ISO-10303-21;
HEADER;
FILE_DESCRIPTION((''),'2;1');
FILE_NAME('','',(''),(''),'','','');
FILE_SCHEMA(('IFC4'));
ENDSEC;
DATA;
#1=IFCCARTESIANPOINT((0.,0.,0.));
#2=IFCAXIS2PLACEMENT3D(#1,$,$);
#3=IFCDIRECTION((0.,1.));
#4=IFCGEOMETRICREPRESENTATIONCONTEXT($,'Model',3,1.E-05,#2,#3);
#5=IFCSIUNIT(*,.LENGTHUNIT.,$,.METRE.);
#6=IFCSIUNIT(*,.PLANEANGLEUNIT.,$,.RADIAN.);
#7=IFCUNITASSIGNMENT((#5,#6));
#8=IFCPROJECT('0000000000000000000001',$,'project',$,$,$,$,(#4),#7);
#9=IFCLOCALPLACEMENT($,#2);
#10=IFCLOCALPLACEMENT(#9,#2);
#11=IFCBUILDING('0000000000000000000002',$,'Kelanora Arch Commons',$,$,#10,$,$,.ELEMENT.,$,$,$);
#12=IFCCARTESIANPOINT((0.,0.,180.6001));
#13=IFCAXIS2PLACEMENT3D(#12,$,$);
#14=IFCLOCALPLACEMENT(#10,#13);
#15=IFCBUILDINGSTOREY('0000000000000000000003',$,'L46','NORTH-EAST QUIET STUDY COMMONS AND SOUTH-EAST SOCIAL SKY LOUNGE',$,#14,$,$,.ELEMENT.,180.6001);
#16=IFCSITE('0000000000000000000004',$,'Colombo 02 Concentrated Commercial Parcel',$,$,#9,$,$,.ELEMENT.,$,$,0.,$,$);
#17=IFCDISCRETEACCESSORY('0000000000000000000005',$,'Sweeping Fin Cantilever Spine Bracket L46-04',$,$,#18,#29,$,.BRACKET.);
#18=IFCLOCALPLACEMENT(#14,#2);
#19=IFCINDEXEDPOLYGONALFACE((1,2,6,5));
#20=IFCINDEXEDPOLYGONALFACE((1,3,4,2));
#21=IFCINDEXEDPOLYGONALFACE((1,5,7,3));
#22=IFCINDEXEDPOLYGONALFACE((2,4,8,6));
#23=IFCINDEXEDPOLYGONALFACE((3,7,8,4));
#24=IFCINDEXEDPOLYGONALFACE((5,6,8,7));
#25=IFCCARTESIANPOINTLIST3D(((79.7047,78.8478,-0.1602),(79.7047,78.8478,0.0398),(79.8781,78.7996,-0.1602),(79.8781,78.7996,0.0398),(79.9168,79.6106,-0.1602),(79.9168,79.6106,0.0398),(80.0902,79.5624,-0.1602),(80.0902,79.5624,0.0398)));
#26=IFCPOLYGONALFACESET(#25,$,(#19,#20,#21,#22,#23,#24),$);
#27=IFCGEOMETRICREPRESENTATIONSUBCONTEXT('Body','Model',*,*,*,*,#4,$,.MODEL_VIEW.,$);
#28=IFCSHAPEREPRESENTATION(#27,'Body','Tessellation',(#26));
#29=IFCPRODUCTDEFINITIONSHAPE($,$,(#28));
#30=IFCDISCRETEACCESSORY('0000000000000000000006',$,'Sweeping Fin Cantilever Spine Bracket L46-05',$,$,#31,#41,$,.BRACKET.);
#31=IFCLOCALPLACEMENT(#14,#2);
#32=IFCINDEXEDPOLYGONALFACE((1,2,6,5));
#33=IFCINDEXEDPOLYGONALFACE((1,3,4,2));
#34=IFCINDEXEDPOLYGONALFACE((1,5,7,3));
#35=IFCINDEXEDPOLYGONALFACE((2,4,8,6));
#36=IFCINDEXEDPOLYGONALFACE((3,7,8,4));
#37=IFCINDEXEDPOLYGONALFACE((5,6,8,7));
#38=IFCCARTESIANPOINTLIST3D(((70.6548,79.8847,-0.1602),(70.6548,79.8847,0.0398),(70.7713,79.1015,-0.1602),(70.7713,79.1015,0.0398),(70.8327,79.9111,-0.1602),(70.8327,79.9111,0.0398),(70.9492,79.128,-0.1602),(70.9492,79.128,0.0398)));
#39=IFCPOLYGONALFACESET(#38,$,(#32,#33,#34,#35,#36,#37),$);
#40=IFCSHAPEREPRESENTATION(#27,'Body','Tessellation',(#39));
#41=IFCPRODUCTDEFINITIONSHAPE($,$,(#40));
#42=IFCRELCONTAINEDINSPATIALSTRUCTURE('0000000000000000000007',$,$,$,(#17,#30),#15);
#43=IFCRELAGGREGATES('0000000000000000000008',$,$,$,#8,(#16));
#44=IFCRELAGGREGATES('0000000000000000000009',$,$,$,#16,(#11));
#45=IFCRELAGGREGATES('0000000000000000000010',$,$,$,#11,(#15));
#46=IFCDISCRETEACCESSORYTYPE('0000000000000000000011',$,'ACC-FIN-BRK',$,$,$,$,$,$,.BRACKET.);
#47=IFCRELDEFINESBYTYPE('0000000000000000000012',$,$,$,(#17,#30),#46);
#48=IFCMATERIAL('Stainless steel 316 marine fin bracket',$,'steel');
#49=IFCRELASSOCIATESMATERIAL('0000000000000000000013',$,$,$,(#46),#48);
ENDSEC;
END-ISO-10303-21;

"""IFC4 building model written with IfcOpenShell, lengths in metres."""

from ifc_helpers import new_model, si_unit, direction, frame, origin, origin_2d, place, context, subcontext, project, spatial, rectangle, extrude, source, transform, mapped, material, type_object, element, save


model = new_model("IFC4")

# Units and contexts
model_context = context("Model", 3, precision=1e-05, world=origin(), true_north=direction((0.0, 1.0)))
body_context = subcontext(model_context, "Body", "Model", "MODEL_VIEW")
ifc_project = project(units=[si_unit("LENGTHUNIT", "METRE"), si_unit("PLANEANGLEUNIT", "RADIAN")], contexts=[model_context])

# Site, building, storey
site_placement = place(None, origin())
site = spatial("IfcSite", under=ifc_project, at=site_placement, Name="Colombo 02 Concentrated Commercial Parcel", CompositionType="ELEMENT", RefElevation=0.0)
building_placement = place(site_placement, origin())
building = spatial("IfcBuilding", under=site, at=building_placement, Name="Kelanora Arch Commons", CompositionType="ELEMENT")
storey_placement = place(building_placement, frame((0.0, 0.0, 180.6001)))
storey = spatial("IfcBuildingStorey", under=building, at=storey_placement, Name="L46", Description="NORTH-EAST QUIET STUDY COMMONS AND SOUTH-EAST SOCIAL SKY LOUNGE", CompositionType="ELEMENT", Elevation=180.6001)

# Discrete accessories
ifc_material_1 = material(Name="Stainless steel 316 marine fin bracket", Category="steel")
discrete_accessory_type = type_object("IfcDiscreteAccessoryType", Name="ACC-FIN-BRK", PredefinedType="BRACKET", material=ifc_material_1)
shared_shape_1 = source(origin(), body_context, "Body", "SweptSolid", [
    extrude(rectangle(XDim=0.7917, YDim=0.1799, at=origin_2d()), origin(), (0.0, 0.0, 1.0), 0.2),
])
for number, where, z_axis, x_axis, name in (
    (1, (79.8975, 79.2051, -0.1602), (0.0, 0.0, 1.0), (0.267911, 0.963444, 0.0), "Sweeping Fin Cantilever Spine Bracket L46-04"),
    (2, (70.802, 79.5063, -0.1602), (0.0, 0.0, 1.0), (-0.147119, 0.989119, 0.0), "Sweeping Fin Cantilever Spine Bracket L46-05"),
):
    element("IfcDiscreteAccessory", number, at=place(storey_placement, frame(where, z_axis=z_axis, x_axis=x_axis)), inside=storey, type_object=discrete_accessory_type, Name=name, PredefinedType="BRACKET", context=body_context, shape_type="MappedRepresentation", body=[
        mapped(shared_shape_1, transform((0.0, 0.0, 0.0), scale=1.0)),
    ])

save(model, "model.ifc")
